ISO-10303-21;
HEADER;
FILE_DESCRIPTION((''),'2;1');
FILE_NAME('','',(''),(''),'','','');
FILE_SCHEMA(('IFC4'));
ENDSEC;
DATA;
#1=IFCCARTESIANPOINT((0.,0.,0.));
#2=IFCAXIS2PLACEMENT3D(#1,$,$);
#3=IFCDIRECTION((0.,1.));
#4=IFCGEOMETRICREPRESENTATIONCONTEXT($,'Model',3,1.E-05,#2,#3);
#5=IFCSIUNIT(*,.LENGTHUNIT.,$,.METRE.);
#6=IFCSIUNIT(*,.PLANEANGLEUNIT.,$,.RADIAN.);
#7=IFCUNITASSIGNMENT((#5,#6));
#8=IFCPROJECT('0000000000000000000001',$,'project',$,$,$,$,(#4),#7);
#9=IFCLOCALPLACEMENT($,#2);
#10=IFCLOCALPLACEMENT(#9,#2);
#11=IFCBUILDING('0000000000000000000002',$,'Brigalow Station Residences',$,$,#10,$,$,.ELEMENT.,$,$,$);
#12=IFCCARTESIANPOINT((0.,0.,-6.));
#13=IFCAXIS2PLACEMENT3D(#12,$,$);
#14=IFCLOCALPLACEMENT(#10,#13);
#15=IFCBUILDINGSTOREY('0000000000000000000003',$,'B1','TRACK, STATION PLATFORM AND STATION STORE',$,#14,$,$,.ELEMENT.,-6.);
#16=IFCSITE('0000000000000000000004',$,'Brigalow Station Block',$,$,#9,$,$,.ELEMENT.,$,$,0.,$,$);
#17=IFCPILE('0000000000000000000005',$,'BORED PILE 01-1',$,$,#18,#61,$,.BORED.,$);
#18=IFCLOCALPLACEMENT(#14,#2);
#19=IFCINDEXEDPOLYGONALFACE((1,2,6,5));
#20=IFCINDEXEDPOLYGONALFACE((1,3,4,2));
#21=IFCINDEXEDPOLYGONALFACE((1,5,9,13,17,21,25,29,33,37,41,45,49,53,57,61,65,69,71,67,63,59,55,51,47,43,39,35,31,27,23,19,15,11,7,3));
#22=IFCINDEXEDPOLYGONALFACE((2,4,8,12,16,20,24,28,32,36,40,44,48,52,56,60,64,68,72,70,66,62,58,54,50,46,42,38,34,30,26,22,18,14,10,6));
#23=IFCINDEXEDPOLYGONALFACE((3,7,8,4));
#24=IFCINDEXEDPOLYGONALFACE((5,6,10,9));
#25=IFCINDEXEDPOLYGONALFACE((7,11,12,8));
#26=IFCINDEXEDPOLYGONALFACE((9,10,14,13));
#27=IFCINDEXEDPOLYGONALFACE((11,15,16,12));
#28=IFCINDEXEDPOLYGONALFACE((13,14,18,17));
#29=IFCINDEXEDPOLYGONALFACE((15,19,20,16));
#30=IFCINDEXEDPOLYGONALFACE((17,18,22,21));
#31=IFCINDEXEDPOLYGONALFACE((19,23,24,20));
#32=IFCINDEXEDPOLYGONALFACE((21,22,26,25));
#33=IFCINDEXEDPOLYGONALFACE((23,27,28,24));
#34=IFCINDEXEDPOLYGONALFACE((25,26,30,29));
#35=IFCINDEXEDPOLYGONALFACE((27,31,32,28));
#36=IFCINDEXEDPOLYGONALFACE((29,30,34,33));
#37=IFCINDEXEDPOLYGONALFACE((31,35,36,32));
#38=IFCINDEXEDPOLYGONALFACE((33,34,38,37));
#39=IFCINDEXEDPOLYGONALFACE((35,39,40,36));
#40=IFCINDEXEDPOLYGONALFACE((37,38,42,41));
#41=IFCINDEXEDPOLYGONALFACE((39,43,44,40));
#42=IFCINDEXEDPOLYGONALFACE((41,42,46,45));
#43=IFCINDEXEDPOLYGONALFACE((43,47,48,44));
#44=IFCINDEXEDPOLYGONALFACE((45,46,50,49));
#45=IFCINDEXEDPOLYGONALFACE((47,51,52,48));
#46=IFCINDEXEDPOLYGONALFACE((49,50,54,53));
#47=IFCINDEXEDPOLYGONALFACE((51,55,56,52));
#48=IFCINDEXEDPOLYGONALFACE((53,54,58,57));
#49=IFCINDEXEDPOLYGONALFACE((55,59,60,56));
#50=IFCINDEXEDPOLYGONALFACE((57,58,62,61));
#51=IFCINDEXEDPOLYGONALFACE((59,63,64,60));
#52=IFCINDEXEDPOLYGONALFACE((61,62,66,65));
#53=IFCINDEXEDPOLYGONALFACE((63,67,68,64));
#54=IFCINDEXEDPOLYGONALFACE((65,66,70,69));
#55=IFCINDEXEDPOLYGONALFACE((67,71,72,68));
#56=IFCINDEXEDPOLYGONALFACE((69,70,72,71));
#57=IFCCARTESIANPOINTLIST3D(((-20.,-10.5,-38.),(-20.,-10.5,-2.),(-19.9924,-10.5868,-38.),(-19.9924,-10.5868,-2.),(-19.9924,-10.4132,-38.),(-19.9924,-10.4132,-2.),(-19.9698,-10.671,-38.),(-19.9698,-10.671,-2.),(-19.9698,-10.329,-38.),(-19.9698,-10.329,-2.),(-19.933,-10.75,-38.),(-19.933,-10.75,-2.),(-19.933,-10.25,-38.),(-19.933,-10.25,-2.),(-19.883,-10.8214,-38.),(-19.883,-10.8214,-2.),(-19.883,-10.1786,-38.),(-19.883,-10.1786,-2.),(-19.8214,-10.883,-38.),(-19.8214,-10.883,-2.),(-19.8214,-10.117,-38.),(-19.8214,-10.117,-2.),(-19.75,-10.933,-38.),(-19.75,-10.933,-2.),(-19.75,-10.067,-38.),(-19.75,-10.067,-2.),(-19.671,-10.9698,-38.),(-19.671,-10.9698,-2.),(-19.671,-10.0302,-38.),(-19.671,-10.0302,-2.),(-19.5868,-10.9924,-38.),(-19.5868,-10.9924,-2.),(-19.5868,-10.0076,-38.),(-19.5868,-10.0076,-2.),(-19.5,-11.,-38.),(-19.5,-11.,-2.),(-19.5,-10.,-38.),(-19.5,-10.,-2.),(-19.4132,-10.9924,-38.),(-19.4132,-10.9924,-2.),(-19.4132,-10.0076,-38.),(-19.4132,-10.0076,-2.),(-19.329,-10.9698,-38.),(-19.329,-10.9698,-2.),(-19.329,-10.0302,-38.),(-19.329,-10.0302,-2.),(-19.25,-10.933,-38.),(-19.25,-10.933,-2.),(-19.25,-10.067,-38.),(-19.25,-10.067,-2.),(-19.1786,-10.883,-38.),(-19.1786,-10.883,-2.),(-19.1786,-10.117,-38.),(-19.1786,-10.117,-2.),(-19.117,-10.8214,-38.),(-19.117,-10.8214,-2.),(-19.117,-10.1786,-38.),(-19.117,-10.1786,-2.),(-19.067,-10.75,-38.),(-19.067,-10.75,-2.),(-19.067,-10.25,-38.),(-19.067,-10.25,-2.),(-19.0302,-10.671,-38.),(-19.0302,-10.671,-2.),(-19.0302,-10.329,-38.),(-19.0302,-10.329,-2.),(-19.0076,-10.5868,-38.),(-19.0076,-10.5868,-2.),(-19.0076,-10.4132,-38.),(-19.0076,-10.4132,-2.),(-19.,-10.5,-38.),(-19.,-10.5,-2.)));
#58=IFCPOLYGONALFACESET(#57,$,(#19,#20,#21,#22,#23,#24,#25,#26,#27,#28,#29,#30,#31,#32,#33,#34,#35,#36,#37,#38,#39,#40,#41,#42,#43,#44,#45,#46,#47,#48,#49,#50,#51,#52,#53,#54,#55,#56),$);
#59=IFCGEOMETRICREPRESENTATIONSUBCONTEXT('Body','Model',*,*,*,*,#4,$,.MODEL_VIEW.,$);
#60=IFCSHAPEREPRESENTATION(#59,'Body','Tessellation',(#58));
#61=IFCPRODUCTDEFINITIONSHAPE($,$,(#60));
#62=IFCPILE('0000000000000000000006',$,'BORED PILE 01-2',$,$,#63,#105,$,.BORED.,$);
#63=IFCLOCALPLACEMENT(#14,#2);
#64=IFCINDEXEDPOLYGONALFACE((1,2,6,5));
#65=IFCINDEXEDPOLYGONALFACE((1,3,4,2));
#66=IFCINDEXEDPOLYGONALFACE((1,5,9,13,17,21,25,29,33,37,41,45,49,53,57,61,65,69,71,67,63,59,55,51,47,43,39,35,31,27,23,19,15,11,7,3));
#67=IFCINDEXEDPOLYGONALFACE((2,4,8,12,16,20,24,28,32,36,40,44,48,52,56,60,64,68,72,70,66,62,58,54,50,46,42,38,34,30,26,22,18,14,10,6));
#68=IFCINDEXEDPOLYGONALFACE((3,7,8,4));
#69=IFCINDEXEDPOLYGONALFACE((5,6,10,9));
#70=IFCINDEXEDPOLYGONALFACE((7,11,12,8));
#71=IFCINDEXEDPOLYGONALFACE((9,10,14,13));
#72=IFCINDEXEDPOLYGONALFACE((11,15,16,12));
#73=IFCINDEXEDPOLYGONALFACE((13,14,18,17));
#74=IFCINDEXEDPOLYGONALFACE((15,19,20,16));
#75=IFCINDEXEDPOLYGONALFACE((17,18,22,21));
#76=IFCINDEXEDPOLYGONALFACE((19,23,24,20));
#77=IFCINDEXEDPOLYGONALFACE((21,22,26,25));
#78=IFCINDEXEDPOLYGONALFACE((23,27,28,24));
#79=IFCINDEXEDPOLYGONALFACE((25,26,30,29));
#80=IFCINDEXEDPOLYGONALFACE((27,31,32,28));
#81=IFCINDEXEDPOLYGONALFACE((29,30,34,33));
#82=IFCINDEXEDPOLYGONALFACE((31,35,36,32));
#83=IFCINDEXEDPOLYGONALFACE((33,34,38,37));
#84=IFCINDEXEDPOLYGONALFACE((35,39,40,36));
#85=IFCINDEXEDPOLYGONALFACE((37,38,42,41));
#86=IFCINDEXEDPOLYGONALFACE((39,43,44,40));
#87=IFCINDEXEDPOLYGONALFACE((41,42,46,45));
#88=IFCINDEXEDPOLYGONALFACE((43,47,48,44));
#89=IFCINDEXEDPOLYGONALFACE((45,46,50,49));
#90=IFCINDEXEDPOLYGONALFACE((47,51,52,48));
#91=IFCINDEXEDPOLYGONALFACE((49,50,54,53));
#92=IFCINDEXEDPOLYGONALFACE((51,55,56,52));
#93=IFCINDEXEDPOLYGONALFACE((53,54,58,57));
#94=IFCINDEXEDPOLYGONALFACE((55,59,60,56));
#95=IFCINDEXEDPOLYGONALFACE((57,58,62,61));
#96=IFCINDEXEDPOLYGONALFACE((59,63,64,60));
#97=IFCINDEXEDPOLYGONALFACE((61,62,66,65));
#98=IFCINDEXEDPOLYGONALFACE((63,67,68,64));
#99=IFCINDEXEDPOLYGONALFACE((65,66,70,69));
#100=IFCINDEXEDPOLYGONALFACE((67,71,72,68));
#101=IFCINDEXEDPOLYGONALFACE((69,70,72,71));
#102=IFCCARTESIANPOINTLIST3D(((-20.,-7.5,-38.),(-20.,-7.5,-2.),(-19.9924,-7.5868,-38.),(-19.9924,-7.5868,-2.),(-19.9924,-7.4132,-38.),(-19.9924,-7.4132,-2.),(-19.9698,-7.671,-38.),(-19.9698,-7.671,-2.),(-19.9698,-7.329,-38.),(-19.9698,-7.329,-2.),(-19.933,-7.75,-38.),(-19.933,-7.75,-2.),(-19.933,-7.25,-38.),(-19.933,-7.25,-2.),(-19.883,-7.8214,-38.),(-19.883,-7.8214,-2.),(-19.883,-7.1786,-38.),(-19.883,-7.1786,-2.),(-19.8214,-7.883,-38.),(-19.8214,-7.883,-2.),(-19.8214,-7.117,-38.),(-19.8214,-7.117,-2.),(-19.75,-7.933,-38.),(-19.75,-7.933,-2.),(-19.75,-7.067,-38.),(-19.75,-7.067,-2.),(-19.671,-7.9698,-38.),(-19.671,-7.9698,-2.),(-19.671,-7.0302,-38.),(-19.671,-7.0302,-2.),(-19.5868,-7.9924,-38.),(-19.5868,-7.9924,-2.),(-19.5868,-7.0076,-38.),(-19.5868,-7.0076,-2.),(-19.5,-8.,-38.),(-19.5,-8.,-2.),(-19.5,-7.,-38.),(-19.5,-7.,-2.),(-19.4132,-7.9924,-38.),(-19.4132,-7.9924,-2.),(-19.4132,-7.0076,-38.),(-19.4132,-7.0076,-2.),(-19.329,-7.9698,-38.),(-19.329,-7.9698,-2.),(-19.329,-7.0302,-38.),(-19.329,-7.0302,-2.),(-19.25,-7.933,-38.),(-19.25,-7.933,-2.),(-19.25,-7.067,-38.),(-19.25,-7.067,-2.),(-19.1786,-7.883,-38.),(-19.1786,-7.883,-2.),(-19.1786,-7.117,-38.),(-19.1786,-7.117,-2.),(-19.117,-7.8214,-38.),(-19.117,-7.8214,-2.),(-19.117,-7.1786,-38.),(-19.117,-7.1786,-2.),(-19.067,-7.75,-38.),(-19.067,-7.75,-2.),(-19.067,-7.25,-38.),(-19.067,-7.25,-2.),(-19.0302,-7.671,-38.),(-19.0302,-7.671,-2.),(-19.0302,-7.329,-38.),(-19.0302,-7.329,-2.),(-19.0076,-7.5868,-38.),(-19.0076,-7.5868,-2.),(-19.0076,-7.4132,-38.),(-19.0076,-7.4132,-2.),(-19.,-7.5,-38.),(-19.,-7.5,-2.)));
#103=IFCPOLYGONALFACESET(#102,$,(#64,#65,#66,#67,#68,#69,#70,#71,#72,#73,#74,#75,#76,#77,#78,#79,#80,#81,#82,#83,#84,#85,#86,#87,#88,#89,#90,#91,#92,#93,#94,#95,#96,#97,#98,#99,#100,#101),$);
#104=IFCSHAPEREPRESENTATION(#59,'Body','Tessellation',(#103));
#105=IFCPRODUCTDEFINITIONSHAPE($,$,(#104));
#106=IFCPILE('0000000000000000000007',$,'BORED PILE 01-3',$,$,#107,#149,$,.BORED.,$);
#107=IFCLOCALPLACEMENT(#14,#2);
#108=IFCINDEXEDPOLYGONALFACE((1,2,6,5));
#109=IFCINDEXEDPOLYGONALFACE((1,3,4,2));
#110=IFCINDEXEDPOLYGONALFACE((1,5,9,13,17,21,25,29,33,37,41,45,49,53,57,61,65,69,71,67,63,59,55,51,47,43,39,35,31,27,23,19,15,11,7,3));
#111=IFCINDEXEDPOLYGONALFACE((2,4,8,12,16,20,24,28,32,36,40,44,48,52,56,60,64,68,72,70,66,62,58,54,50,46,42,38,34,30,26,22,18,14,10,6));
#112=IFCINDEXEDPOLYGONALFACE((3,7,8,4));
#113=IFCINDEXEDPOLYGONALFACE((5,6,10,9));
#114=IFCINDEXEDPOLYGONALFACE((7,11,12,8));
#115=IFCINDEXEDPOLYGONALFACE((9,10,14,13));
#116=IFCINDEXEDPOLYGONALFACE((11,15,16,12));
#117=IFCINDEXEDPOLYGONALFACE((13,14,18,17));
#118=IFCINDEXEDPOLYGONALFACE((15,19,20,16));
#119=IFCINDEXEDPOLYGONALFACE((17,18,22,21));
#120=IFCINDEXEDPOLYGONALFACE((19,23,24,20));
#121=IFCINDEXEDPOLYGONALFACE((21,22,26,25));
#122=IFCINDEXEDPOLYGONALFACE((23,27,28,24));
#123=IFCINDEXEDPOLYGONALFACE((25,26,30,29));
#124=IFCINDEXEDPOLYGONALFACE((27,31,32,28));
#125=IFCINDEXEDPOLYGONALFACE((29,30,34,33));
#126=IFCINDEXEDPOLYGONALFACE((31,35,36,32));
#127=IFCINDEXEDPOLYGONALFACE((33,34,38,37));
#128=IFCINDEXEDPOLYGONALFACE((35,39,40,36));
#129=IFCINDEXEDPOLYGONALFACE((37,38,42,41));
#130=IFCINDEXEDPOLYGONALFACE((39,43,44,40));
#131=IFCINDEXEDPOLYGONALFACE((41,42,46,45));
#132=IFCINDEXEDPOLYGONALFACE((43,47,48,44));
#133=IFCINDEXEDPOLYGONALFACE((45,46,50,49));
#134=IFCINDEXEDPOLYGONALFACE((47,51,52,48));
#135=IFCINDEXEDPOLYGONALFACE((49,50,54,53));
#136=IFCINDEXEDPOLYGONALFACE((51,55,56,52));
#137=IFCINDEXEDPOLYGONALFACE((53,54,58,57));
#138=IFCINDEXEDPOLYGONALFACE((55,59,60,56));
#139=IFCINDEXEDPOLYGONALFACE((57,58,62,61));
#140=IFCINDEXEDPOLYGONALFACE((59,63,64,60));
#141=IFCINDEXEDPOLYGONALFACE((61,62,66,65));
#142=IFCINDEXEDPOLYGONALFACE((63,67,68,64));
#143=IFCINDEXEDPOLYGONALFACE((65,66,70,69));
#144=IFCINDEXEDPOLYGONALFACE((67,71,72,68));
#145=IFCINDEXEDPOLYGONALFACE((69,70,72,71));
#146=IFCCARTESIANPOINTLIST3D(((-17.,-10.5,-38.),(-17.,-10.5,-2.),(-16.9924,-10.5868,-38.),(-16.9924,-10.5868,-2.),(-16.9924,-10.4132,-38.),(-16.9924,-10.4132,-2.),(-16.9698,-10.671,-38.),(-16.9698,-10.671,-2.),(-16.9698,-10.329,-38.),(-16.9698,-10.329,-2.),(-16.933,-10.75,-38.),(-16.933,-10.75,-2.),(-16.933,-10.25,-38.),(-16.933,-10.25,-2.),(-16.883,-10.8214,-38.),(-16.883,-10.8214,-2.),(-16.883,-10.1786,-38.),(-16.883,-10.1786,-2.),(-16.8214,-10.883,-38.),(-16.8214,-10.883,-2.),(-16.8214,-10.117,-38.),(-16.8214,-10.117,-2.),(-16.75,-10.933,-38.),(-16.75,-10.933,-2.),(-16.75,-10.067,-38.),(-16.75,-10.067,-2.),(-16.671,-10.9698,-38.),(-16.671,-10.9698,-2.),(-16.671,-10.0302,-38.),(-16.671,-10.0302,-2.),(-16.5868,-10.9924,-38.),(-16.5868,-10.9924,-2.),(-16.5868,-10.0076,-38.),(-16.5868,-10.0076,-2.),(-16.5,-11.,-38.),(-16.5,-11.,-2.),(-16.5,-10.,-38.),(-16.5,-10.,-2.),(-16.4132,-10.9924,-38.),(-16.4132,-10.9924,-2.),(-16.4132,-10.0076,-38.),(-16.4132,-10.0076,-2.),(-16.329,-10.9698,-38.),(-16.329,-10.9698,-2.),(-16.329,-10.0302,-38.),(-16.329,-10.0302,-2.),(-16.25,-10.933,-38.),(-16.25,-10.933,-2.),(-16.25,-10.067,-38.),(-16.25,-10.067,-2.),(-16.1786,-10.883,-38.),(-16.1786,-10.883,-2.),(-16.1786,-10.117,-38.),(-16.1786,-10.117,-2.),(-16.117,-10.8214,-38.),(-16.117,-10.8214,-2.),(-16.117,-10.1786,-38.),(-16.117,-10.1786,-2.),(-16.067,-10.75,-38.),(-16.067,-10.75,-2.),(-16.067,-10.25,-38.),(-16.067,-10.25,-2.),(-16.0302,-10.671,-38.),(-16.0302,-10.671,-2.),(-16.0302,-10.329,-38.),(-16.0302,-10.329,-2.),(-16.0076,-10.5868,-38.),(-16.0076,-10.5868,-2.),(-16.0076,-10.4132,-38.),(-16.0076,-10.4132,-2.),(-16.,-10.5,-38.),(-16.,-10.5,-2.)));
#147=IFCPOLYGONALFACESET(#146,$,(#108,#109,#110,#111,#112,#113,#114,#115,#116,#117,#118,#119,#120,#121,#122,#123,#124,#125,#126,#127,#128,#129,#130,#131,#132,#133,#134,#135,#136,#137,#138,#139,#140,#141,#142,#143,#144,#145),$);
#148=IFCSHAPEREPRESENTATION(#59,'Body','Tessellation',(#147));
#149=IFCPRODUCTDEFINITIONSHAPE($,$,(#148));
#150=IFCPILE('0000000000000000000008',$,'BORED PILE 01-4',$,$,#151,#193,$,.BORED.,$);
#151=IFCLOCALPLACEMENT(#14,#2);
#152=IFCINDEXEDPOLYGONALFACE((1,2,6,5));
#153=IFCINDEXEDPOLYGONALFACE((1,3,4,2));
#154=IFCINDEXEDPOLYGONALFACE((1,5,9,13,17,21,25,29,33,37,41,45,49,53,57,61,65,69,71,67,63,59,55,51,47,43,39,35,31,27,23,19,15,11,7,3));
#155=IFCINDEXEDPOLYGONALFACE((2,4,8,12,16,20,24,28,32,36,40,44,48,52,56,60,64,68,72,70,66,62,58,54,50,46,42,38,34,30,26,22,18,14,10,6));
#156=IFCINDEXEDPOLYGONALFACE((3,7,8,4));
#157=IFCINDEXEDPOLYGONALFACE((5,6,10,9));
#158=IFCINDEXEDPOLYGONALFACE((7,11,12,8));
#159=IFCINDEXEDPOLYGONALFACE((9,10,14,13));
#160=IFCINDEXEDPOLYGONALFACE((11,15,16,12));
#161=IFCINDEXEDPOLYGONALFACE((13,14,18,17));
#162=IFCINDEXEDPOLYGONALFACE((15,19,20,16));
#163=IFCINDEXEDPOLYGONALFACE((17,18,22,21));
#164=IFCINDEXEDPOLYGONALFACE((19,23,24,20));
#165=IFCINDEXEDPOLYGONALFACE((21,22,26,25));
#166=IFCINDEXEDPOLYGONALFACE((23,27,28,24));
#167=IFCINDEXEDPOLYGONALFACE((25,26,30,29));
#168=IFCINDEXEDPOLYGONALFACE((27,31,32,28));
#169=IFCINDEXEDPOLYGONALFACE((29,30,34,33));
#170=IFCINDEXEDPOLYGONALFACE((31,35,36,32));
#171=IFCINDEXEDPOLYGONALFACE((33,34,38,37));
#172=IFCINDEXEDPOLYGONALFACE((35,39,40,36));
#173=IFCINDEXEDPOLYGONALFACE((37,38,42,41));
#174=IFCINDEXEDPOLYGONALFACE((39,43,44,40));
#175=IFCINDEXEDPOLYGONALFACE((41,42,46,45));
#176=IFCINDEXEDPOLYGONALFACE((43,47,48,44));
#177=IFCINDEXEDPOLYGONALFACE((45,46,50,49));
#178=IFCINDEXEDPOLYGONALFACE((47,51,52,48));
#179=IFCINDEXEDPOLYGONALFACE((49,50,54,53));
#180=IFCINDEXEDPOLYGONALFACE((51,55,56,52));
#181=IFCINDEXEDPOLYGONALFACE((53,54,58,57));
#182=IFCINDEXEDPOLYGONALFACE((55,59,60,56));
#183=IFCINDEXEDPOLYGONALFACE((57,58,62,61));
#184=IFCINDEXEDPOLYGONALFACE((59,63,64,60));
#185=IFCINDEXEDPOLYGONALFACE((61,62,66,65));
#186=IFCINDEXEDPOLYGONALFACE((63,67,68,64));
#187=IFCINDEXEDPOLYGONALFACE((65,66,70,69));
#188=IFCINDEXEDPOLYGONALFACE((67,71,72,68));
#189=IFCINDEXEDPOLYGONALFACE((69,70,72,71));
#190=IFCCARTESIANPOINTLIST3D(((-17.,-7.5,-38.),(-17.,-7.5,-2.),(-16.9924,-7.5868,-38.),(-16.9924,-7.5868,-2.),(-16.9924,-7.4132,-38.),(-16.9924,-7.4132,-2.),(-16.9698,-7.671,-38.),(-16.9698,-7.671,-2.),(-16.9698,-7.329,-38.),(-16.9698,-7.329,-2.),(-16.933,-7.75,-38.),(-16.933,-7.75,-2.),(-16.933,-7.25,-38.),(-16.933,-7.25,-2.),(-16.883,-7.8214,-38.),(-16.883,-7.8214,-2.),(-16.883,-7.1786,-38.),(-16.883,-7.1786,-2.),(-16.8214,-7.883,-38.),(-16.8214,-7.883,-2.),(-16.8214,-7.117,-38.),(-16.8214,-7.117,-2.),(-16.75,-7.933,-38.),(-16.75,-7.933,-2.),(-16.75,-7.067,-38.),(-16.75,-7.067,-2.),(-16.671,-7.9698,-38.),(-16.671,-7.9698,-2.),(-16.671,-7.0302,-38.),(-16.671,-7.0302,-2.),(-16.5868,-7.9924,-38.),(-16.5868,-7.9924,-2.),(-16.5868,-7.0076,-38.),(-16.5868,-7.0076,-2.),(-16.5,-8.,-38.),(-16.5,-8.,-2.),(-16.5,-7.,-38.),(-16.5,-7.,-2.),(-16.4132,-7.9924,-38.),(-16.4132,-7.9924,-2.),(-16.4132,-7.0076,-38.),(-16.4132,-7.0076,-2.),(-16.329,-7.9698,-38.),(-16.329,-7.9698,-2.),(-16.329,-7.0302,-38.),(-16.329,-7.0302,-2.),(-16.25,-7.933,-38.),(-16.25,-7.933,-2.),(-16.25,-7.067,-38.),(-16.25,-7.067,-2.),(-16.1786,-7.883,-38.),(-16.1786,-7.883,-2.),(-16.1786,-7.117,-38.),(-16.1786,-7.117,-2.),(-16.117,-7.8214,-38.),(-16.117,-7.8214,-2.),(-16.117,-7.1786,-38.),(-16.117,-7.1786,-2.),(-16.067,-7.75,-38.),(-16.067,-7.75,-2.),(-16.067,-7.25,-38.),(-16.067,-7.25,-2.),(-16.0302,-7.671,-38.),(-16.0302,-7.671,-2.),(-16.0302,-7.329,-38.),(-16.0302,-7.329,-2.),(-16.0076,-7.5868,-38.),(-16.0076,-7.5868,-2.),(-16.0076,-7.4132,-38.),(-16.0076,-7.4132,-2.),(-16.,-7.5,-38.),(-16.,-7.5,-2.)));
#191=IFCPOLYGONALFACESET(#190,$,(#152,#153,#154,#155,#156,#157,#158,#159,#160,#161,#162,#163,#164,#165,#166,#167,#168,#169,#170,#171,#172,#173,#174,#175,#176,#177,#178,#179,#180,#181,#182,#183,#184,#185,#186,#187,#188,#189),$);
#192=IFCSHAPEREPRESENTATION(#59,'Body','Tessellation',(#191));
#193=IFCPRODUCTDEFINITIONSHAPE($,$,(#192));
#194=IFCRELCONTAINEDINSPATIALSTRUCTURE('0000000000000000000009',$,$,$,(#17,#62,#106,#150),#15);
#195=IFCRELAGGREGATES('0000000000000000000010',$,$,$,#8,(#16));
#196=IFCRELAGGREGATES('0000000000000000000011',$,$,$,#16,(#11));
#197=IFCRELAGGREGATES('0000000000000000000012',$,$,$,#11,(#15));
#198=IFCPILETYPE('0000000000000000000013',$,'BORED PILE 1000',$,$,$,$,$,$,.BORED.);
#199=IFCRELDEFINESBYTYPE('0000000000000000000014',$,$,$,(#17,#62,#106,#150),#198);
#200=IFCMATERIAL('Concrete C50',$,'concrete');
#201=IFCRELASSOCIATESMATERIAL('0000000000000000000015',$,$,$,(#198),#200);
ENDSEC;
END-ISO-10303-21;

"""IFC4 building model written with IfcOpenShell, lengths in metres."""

from ifc_helpers import new_model, si_unit, direction, frame, origin, origin_2d, place, context, subcontext, project, spatial, circle, extrude, material, material_profile, profile_set, type_object, element, save


model = new_model("IFC4")

# Units and contexts
model_context = context("Model", 3, precision=1e-05, world=origin(), true_north=direction((0.0, 1.0)))
body_context = subcontext(model_context, "Body", "Model", "MODEL_VIEW")
ifc_project = project(units=[si_unit("LENGTHUNIT", "METRE"), si_unit("PLANEANGLEUNIT", "RADIAN")], contexts=[model_context])

# Site, building, storey
site_placement = place(None, origin())
site = spatial("IfcSite", under=ifc_project, at=site_placement, Name="Brigalow Station Block", CompositionType="ELEMENT", RefElevation=0.0)
building_placement = place(site_placement, origin())
building = spatial("IfcBuilding", under=site, at=building_placement, Name="Brigalow Station Residences", CompositionType="ELEMENT")
storey_placement = place(building_placement, frame((0.0, 0.0, -6.0)))
storey = spatial("IfcBuildingStorey", under=building, at=storey_placement, Name="B1", Description="TRACK, STATION PLATFORM AND STATION STORE", CompositionType="ELEMENT", Elevation=-6.0)

# Piles
ifc_material_1 = material(Name="Concrete C50", Category="concrete")
ifc_material_profile_1 = material_profile(ifc_material_1, circle(Radius=0.5, at=origin_2d()), Name="BP1000")
ifc_profile_set_1 = profile_set([ifc_material_profile_1], Name="Concrete C50")
pile_type_1 = type_object("IfcPileType", Name="BORED PILE 1000", PredefinedType="BORED", material=ifc_profile_set_1)
for number, where, z_axis, x_axis, name in (
    (1, (-19.5, -10.5, -2.0), (0.0, 0.0, -1.0), (1.0, 0.0, 0.0), "BORED PILE 01-1"),
    (2, (-19.5, -7.5, -2.0), (0.0, 0.0, -1.0), (1.0, 0.0, 0.0), "BORED PILE 01-2"),
    (3, (-16.5, -10.5, -2.0), (0.0, 0.0, -1.0), (1.0, 0.0, 0.0), "BORED PILE 01-3"),
    (4, (-16.5, -7.5, -2.0), (0.0, 0.0, -1.0), (1.0, 0.0, 0.0), "BORED PILE 01-4"),
):
    element("IfcPile", number, at=place(storey_placement, frame(where, z_axis=z_axis, x_axis=x_axis)), inside=storey, type_object=pile_type_1, Name=name, PredefinedType="BORED", context=body_context, shape_type="SweptSolid", body=[
        extrude(circle(Radius=0.5, at=origin_2d()), origin(), (0.0, 0.0, 1.0), 36.0),
    ])

save(model, "model.ifc")
